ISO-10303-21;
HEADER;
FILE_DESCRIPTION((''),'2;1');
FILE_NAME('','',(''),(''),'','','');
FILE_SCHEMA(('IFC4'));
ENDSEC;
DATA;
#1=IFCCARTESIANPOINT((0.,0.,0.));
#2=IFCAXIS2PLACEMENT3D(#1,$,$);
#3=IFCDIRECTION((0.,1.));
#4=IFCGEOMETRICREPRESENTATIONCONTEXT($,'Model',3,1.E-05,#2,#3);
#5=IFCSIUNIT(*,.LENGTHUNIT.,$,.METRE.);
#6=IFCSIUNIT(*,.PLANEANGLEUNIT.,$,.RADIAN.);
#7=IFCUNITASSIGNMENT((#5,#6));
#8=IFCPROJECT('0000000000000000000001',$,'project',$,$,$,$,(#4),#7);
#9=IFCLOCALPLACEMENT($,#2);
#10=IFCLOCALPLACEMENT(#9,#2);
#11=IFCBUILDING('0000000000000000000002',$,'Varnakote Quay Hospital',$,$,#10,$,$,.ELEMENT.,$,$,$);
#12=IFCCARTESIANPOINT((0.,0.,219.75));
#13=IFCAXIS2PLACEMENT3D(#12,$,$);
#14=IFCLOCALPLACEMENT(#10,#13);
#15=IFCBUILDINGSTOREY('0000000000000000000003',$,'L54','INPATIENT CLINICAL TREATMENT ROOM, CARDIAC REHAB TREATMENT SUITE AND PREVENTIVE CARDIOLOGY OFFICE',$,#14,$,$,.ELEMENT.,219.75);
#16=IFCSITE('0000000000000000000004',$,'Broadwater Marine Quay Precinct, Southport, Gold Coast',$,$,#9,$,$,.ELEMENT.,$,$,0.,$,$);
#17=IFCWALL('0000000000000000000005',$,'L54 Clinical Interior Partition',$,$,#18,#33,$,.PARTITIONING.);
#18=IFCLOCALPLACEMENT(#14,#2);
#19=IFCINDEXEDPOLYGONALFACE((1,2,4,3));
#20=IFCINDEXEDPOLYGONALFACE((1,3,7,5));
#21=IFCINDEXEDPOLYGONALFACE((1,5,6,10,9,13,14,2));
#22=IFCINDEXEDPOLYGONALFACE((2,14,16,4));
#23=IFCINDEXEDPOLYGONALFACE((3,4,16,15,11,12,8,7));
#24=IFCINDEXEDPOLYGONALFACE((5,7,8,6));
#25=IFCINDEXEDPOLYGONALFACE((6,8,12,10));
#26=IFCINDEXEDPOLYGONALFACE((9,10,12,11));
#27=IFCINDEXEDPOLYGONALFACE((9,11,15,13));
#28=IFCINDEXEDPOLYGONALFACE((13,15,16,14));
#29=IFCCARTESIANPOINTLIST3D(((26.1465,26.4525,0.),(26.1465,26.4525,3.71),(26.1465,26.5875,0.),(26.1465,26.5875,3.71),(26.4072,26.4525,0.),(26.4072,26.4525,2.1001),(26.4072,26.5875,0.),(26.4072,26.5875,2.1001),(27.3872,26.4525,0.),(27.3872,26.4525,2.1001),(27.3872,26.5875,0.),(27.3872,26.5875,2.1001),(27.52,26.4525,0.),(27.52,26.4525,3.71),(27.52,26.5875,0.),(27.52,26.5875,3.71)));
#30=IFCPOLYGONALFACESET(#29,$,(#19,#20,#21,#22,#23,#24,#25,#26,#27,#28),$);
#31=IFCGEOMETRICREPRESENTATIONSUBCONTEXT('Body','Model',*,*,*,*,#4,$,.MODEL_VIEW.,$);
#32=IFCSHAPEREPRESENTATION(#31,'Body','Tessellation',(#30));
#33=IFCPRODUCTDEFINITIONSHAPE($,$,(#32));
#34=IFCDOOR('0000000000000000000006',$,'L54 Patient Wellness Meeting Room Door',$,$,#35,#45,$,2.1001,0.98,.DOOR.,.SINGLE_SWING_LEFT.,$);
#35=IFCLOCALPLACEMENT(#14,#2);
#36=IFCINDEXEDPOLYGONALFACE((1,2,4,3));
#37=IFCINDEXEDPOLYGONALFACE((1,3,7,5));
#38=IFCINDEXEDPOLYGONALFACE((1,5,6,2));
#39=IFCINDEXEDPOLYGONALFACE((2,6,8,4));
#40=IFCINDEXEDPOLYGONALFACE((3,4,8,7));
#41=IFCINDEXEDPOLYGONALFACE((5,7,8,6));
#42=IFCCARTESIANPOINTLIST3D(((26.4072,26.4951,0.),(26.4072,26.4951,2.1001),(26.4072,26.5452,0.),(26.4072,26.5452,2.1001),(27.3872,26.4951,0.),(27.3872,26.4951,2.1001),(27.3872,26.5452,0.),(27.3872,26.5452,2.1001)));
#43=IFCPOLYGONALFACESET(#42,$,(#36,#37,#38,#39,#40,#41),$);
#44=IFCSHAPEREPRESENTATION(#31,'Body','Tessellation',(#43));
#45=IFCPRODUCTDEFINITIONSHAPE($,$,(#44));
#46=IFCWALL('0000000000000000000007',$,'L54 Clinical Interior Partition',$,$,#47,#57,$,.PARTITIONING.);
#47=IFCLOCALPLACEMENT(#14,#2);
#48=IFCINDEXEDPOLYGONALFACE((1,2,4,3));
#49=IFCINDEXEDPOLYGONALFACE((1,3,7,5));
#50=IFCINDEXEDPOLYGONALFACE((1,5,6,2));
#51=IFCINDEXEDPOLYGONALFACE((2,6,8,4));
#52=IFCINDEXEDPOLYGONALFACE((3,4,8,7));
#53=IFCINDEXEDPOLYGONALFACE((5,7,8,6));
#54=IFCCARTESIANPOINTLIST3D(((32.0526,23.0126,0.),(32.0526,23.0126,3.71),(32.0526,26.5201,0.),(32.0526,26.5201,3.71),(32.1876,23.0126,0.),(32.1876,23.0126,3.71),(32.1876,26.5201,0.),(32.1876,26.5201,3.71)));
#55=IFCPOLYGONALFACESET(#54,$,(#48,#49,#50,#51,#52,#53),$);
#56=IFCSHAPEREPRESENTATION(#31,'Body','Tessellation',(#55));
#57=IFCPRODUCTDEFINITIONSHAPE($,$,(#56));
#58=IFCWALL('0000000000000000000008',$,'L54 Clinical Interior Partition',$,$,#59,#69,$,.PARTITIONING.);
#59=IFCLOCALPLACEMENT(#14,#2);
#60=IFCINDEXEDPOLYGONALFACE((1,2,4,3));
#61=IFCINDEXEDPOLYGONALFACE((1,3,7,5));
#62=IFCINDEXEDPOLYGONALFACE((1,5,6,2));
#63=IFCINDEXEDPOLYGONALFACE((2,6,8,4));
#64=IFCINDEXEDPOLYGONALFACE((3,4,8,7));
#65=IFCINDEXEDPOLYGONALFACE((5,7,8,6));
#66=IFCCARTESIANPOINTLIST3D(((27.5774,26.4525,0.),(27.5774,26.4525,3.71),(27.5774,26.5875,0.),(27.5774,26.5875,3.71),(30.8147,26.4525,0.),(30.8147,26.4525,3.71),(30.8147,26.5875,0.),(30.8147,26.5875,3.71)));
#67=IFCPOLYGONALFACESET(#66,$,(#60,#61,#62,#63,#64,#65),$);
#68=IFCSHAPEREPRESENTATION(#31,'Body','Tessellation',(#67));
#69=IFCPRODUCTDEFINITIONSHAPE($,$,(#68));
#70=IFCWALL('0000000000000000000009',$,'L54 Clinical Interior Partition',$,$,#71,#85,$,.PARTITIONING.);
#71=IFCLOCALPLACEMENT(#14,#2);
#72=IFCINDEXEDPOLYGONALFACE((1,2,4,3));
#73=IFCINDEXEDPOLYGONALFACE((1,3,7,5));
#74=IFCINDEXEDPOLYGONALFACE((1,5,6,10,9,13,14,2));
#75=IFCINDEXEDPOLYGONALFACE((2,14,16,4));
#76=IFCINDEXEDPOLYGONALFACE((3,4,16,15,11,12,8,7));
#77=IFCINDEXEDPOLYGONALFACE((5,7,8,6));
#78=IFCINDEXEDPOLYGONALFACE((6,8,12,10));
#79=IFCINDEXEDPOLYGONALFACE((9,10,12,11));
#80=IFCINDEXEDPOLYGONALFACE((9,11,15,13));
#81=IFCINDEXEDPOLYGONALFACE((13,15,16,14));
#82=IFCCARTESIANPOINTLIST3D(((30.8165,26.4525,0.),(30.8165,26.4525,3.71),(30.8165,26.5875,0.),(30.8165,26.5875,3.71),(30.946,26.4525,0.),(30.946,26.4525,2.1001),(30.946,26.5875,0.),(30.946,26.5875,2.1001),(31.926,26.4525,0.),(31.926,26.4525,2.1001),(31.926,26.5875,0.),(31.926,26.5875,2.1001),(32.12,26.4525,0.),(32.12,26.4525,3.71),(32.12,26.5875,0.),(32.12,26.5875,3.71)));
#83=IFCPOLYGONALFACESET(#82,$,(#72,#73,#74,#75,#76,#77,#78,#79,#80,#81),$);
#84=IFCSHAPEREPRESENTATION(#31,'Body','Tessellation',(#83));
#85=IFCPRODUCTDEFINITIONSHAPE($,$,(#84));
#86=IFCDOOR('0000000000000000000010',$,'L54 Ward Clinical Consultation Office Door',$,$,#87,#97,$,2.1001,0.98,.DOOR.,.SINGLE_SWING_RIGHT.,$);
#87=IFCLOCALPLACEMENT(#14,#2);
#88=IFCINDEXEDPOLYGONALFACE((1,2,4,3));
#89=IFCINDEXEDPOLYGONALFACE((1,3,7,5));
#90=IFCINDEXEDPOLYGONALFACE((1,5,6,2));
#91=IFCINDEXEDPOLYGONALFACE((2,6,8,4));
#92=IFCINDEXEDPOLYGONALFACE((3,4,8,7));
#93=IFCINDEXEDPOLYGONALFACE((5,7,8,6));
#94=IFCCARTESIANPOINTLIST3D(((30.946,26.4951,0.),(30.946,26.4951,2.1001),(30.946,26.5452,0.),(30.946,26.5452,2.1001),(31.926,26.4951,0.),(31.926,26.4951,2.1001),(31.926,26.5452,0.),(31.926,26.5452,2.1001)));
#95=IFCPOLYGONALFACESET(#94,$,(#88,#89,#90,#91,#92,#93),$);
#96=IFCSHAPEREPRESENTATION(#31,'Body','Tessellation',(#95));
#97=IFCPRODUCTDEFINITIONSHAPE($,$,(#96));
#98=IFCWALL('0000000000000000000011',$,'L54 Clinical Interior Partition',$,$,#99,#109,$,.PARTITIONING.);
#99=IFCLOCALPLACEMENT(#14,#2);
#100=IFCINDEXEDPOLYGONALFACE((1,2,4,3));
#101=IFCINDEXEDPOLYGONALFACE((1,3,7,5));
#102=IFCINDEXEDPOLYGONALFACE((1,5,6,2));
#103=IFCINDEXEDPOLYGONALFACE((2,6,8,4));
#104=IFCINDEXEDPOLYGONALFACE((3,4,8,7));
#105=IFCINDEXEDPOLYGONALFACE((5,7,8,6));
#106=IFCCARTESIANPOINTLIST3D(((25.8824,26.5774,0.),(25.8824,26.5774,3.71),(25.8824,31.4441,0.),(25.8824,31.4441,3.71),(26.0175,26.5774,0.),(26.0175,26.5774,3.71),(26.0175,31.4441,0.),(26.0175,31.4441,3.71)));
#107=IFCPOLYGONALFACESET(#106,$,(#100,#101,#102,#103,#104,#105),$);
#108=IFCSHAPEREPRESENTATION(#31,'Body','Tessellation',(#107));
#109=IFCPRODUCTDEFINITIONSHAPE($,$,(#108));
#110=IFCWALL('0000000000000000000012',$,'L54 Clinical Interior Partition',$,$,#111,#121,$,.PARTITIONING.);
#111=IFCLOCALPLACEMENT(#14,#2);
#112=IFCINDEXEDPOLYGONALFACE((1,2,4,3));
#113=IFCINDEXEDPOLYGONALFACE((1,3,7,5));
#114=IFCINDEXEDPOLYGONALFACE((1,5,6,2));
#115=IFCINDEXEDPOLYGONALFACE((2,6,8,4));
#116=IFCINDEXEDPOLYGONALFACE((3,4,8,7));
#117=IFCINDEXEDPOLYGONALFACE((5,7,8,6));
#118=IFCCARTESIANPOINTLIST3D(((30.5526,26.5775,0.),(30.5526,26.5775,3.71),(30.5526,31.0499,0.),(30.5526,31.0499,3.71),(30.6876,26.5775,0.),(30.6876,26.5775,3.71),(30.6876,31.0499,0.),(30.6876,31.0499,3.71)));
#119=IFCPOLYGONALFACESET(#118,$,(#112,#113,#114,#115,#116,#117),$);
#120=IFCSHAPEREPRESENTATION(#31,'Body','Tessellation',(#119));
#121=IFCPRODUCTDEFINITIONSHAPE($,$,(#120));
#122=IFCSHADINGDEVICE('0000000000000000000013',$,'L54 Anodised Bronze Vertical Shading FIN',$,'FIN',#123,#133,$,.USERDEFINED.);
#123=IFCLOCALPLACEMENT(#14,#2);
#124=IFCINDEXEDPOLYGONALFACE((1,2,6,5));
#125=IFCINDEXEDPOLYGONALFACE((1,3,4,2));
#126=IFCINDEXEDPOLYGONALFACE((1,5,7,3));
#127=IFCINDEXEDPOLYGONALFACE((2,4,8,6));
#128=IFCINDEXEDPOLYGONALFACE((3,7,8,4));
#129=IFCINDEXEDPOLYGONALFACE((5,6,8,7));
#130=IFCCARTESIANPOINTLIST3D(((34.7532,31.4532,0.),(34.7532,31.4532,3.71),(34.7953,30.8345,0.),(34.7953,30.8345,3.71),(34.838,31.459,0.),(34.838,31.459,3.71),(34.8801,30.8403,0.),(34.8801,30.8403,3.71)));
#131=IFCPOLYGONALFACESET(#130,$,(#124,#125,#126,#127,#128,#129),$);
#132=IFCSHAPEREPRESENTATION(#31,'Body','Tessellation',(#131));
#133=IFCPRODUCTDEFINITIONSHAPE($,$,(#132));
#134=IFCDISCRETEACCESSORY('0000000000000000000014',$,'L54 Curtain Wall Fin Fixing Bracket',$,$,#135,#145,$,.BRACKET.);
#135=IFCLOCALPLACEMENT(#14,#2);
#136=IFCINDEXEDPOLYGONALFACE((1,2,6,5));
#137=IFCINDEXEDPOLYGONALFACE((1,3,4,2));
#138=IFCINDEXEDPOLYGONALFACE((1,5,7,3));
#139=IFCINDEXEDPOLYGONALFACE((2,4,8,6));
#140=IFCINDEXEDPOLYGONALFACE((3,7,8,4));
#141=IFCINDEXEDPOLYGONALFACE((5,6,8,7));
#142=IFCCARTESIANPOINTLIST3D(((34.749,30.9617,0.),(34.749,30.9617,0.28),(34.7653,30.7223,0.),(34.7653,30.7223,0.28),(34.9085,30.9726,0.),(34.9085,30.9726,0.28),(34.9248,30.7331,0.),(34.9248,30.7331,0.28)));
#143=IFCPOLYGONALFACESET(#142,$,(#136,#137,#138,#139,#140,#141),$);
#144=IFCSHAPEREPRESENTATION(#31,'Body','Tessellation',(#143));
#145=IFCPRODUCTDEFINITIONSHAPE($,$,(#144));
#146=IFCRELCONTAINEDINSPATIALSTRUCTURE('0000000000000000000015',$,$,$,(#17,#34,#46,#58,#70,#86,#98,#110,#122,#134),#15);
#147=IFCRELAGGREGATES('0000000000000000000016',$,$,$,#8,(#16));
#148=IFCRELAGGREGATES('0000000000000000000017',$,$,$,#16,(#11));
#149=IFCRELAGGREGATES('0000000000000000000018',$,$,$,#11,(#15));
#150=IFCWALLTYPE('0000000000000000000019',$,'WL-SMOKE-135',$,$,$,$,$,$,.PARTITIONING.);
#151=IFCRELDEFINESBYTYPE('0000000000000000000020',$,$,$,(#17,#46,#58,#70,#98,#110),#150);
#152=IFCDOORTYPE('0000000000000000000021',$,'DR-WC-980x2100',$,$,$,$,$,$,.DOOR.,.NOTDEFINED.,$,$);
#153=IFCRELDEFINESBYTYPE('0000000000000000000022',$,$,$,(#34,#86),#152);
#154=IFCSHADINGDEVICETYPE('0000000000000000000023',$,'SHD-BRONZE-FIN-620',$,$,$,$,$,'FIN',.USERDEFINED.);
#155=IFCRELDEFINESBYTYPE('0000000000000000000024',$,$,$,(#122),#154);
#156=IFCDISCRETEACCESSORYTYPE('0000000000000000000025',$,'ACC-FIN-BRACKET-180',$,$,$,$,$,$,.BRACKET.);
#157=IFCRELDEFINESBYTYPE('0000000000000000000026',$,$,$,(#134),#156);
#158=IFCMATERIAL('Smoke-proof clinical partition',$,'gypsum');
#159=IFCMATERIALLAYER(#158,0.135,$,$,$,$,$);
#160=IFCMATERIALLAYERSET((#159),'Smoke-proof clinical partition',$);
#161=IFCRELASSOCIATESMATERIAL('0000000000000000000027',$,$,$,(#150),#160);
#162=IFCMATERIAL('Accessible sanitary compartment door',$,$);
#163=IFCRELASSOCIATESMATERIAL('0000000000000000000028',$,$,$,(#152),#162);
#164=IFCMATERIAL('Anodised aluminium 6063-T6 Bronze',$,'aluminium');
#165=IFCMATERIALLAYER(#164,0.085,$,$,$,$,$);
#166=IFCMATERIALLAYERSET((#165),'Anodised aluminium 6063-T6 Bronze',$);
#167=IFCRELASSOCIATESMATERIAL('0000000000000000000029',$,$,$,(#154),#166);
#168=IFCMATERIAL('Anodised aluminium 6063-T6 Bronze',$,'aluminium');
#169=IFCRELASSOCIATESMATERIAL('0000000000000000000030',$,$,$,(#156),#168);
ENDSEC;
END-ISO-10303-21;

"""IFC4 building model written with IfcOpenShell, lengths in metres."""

from ifc_helpers import new_model, si_unit, direction, frame, frame_2d, origin, origin_2d, place, context, subcontext, project, spatial, rectangle, extrude, material, layer, layer_set, type_object, element, fill, save


model = new_model("IFC4")

# Units and contexts
model_context = context("Model", 3, precision=1e-05, world=origin(), true_north=direction((0.0, 1.0)))
body_context = subcontext(model_context, "Body", "Model", "MODEL_VIEW")
ifc_project = project(units=[si_unit("LENGTHUNIT", "METRE"), si_unit("PLANEANGLEUNIT", "RADIAN")], contexts=[model_context])

# Site, building, storey
site_placement = place(None, origin())
site = spatial("IfcSite", under=ifc_project, at=site_placement, Name="Broadwater Marine Quay Precinct, Southport, Gold Coast", CompositionType="ELEMENT", RefElevation=0.0)
building_placement = place(site_placement, origin())
building = spatial("IfcBuilding", under=site, at=building_placement, Name="Varnakote Quay Hospital", CompositionType="ELEMENT")
storey_placement = place(building_placement, frame((0.0, 0.0, 219.75)))
storey = spatial("IfcBuildingStorey", under=building, at=storey_placement, Name="L54", Description="INPATIENT CLINICAL TREATMENT ROOM, CARDIAC REHAB TREATMENT SUITE AND PREVENTIVE CARDIOLOGY OFFICE", CompositionType="ELEMENT", Elevation=219.75)

# Shared definitions
ifc_material_1 = material(Name="Smoke-proof clinical partition", Category="gypsum")
ifc_layer_1 = layer(ifc_material_1, 0.135)
ifc_layer_set_1 = layer_set([ifc_layer_1], Name="Smoke-proof clinical partition")
wall_type_1 = type_object("IfcWallType", Name="WL-SMOKE-135", PredefinedType="PARTITIONING", material=ifc_layer_set_1)

# Wall, opening, door
wall_1_placement = place(storey_placement, frame((27.52, 26.52, 0.0), z_axis=(0.0, 0.0, 1.0), x_axis=(-1.0, 0.0, 0.0)))
wall_1 = element("IfcWall", 1, at=wall_1_placement, inside=storey, type_object=wall_type_1, Name="L54 Clinical Interior Partition", PredefinedType="PARTITIONING", context=body_context, shape_type="SweptSolid", body=[
    extrude(rectangle(XDim=1.3735, YDim=0.135, at=frame_2d((0.6868, 0.0))), origin(), (0.0, 0.0, 1.0), 3.71),
])
opening_1_placement = place(wall_1_placement, frame((0.1328, 0.0, 0.0)))
opening_1 = element("IfcOpeningElement", 2, at=opening_1_placement, cuts=wall_1, PredefinedType="OPENING", context=body_context, shape_type="SweptSolid", body=[
    extrude(rectangle(XDim=0.98, YDim=2.1001, at=frame_2d((0.49, 1.05))), frame((0.0, 0.0774, 0.0), z_axis=(0.0, -1.0, 0.0), x_axis=(1.0, 0.0, 0.0)), (0.0, 0.0, 1.0), 0.155),
])
ifc_material_2 = material(Name="Accessible sanitary compartment door")
door_type_1 = type_object("IfcDoorType", Name="DR-WC-980x2100", OperationType="NOTDEFINED", PredefinedType="DOOR", material=ifc_material_2)
door_1_placement = place(opening_1_placement, origin())
door_1 = element("IfcDoor", 3, at=door_1_placement, inside=storey, type_object=door_type_1, Name="L54 Patient Wellness Meeting Room Door", OperationType="SINGLE_SWING_LEFT", OverallHeight=2.1001, OverallWidth=0.98, PredefinedType="DOOR", context=body_context, shape_type="SweptSolid", body=[
    extrude(rectangle(XDim=0.98, YDim=2.1001, at=frame_2d((0.49, 1.05))), frame((0.0, 0.0249, 0.0), z_axis=(0.0, -1.0, 0.0), x_axis=(1.0, 0.0, 0.0)), (0.0, 0.0, 1.0), 0.05),
])
fill(opening_1, door_1)

# Walls
wall_2_placement = place(storey_placement, frame((32.1201, 23.0125, 0.0), z_axis=(0.0, 0.0, 1.0), x_axis=(0.0, 1.0, 0.0)))
element("IfcWall", 4, at=wall_2_placement, inside=storey, type_object=wall_type_1, Name="L54 Clinical Interior Partition", PredefinedType="PARTITIONING", context=body_context, shape_type="SweptSolid", body=[
    extrude(rectangle(XDim=3.5076, YDim=0.135, at=frame_2d((1.7539, 0.0))), origin(), (0.0, 0.0, 1.0), 3.71),
])
wall_3_placement = place(storey_placement, frame((30.8147, 26.52, 0.0), z_axis=(0.0, 0.0, 1.0), x_axis=(-1.0, 0.0, 0.0)))
element("IfcWall", 5, at=wall_3_placement, inside=storey, type_object=wall_type_1, Name="L54 Clinical Interior Partition", PredefinedType="PARTITIONING", context=body_context, shape_type="SweptSolid", body=[
    extrude(rectangle(XDim=3.2373, YDim=0.135, at=frame_2d((1.6187, 0.0))), origin(), (0.0, 0.0, 1.0), 3.71),
])

# Wall, opening, door
wall_4_placement = place(storey_placement, frame((32.1201, 26.52, 0.0), z_axis=(0.0, 0.0, 1.0), x_axis=(-1.0, 0.0, 0.0)))
wall_4 = element("IfcWall", 6, at=wall_4_placement, inside=storey, type_object=wall_type_1, Name="L54 Clinical Interior Partition", PredefinedType="PARTITIONING", context=body_context, shape_type="SweptSolid", body=[
    extrude(rectangle(XDim=1.3035, YDim=0.135, at=frame_2d((0.6519, 0.0))), origin(), (0.0, 0.0, 1.0), 3.71),
])
opening_2_placement = place(wall_4_placement, frame((0.1941, 0.0, 0.0)))
opening_2 = element("IfcOpeningElement", 7, at=opening_2_placement, cuts=wall_4, PredefinedType="OPENING", context=body_context, shape_type="SweptSolid", body=[
    extrude(rectangle(XDim=0.98, YDim=2.1001, at=frame_2d((0.49, 1.05))), frame((0.0, 0.0774, 0.0), z_axis=(0.0, -1.0, 0.0), x_axis=(1.0, 0.0, 0.0)), (0.0, 0.0, 1.0), 0.155),
])
door_2_placement = place(opening_2_placement, origin())
door_2 = element("IfcDoor", 8, at=door_2_placement, inside=storey, type_object=door_type_1, Name="L54 Ward Clinical Consultation Office Door", OperationType="SINGLE_SWING_RIGHT", OverallHeight=2.1001, OverallWidth=0.98, PredefinedType="DOOR", context=body_context, shape_type="SweptSolid", body=[
    extrude(rectangle(XDim=0.98, YDim=2.1001, at=frame_2d((0.49, 1.05))), frame((0.0, 0.0249, 0.0), z_axis=(0.0, -1.0, 0.0), x_axis=(1.0, 0.0, 0.0)), (0.0, 0.0, 1.0), 0.05),
])
fill(opening_2, door_2)

# Walls
wall_5_placement = place(storey_placement, frame((25.95, 26.5774, 0.0), z_axis=(0.0, 0.0, 1.0), x_axis=(0.0, 1.0, 0.0)))
element("IfcWall", 9, at=wall_5_placement, inside=storey, type_object=wall_type_1, Name="L54 Clinical Interior Partition", PredefinedType="PARTITIONING", context=body_context, shape_type="SweptSolid", body=[
    extrude(rectangle(XDim=4.8667, YDim=0.135, at=frame_2d((2.4333, 0.0))), origin(), (0.0, 0.0, 1.0), 3.71),
])
wall_6_placement = place(storey_placement, frame((30.6201, 26.5774, 0.0), z_axis=(0.0, 0.0, 1.0), x_axis=(0.0, 1.0, 0.0)))
element("IfcWall", 10, at=wall_6_placement, inside=storey, type_object=wall_type_1, Name="L54 Clinical Interior Partition", PredefinedType="PARTITIONING", context=body_context, shape_type="SweptSolid", body=[
    extrude(rectangle(XDim=4.4724, YDim=0.135, at=frame_2d((2.2363, 0.0))), origin(), (0.0, 0.0, 1.0), 3.71),
])

# Shading device
ifc_material_3 = material(Name="Anodised aluminium 6063-T6 Bronze", Category="aluminium")
ifc_layer_2 = layer(ifc_material_3, 0.085)
ifc_layer_set_2 = layer_set([ifc_layer_2], Name="Anodised aluminium 6063-T6 Bronze")
shading_device_type = type_object("IfcShadingDeviceType", Name="SHD-BRONZE-FIN-620", ElementType="FIN", PredefinedType="USERDEFINED", material=ifc_layer_set_2)
shading_device_placement = place(storey_placement, frame((34.8167, 31.1467, 0.0), z_axis=(0.0, 0.0, 1.0), x_axis=(0.067841, -0.997696, 0.0)))
element("IfcShadingDevice", 11, at=shading_device_placement, inside=storey, type_object=shading_device_type, Name="L54 Anodised Bronze Vertical Shading FIN", ObjectType="FIN", PredefinedType="USERDEFINED", context=body_context, shape_type="SweptSolid", body=[
    extrude(rectangle(XDim=0.6201, YDim=0.085, at=origin_2d()), origin(), (0.0, 0.0, 1.0), 3.71),
])

# Discrete accessory
ifc_material_4 = material(Name="Anodised aluminium 6063-T6 Bronze", Category="aluminium")
discrete_accessory_type = type_object("IfcDiscreteAccessoryType", Name="ACC-FIN-BRACKET-180", PredefinedType="BRACKET", material=ifc_material_4)
discrete_accessory_placement = place(storey_placement, frame((34.8369, 30.8474, 0.0), z_axis=(0.0, 0.0, 1.0), x_axis=(-0.997696, -0.067841, 0.0)))
element("IfcDiscreteAccessory", 12, at=discrete_accessory_placement, inside=storey, type_object=discrete_accessory_type, Name="L54 Curtain Wall Fin Fixing Bracket", PredefinedType="BRACKET", context=body_context, shape_type="SweptSolid", body=[
    extrude(rectangle(XDim=0.1599, YDim=0.24, at=origin_2d()), origin(), (0.0, 0.0, 1.0), 0.28),
])

save(model, "model.ifc")
